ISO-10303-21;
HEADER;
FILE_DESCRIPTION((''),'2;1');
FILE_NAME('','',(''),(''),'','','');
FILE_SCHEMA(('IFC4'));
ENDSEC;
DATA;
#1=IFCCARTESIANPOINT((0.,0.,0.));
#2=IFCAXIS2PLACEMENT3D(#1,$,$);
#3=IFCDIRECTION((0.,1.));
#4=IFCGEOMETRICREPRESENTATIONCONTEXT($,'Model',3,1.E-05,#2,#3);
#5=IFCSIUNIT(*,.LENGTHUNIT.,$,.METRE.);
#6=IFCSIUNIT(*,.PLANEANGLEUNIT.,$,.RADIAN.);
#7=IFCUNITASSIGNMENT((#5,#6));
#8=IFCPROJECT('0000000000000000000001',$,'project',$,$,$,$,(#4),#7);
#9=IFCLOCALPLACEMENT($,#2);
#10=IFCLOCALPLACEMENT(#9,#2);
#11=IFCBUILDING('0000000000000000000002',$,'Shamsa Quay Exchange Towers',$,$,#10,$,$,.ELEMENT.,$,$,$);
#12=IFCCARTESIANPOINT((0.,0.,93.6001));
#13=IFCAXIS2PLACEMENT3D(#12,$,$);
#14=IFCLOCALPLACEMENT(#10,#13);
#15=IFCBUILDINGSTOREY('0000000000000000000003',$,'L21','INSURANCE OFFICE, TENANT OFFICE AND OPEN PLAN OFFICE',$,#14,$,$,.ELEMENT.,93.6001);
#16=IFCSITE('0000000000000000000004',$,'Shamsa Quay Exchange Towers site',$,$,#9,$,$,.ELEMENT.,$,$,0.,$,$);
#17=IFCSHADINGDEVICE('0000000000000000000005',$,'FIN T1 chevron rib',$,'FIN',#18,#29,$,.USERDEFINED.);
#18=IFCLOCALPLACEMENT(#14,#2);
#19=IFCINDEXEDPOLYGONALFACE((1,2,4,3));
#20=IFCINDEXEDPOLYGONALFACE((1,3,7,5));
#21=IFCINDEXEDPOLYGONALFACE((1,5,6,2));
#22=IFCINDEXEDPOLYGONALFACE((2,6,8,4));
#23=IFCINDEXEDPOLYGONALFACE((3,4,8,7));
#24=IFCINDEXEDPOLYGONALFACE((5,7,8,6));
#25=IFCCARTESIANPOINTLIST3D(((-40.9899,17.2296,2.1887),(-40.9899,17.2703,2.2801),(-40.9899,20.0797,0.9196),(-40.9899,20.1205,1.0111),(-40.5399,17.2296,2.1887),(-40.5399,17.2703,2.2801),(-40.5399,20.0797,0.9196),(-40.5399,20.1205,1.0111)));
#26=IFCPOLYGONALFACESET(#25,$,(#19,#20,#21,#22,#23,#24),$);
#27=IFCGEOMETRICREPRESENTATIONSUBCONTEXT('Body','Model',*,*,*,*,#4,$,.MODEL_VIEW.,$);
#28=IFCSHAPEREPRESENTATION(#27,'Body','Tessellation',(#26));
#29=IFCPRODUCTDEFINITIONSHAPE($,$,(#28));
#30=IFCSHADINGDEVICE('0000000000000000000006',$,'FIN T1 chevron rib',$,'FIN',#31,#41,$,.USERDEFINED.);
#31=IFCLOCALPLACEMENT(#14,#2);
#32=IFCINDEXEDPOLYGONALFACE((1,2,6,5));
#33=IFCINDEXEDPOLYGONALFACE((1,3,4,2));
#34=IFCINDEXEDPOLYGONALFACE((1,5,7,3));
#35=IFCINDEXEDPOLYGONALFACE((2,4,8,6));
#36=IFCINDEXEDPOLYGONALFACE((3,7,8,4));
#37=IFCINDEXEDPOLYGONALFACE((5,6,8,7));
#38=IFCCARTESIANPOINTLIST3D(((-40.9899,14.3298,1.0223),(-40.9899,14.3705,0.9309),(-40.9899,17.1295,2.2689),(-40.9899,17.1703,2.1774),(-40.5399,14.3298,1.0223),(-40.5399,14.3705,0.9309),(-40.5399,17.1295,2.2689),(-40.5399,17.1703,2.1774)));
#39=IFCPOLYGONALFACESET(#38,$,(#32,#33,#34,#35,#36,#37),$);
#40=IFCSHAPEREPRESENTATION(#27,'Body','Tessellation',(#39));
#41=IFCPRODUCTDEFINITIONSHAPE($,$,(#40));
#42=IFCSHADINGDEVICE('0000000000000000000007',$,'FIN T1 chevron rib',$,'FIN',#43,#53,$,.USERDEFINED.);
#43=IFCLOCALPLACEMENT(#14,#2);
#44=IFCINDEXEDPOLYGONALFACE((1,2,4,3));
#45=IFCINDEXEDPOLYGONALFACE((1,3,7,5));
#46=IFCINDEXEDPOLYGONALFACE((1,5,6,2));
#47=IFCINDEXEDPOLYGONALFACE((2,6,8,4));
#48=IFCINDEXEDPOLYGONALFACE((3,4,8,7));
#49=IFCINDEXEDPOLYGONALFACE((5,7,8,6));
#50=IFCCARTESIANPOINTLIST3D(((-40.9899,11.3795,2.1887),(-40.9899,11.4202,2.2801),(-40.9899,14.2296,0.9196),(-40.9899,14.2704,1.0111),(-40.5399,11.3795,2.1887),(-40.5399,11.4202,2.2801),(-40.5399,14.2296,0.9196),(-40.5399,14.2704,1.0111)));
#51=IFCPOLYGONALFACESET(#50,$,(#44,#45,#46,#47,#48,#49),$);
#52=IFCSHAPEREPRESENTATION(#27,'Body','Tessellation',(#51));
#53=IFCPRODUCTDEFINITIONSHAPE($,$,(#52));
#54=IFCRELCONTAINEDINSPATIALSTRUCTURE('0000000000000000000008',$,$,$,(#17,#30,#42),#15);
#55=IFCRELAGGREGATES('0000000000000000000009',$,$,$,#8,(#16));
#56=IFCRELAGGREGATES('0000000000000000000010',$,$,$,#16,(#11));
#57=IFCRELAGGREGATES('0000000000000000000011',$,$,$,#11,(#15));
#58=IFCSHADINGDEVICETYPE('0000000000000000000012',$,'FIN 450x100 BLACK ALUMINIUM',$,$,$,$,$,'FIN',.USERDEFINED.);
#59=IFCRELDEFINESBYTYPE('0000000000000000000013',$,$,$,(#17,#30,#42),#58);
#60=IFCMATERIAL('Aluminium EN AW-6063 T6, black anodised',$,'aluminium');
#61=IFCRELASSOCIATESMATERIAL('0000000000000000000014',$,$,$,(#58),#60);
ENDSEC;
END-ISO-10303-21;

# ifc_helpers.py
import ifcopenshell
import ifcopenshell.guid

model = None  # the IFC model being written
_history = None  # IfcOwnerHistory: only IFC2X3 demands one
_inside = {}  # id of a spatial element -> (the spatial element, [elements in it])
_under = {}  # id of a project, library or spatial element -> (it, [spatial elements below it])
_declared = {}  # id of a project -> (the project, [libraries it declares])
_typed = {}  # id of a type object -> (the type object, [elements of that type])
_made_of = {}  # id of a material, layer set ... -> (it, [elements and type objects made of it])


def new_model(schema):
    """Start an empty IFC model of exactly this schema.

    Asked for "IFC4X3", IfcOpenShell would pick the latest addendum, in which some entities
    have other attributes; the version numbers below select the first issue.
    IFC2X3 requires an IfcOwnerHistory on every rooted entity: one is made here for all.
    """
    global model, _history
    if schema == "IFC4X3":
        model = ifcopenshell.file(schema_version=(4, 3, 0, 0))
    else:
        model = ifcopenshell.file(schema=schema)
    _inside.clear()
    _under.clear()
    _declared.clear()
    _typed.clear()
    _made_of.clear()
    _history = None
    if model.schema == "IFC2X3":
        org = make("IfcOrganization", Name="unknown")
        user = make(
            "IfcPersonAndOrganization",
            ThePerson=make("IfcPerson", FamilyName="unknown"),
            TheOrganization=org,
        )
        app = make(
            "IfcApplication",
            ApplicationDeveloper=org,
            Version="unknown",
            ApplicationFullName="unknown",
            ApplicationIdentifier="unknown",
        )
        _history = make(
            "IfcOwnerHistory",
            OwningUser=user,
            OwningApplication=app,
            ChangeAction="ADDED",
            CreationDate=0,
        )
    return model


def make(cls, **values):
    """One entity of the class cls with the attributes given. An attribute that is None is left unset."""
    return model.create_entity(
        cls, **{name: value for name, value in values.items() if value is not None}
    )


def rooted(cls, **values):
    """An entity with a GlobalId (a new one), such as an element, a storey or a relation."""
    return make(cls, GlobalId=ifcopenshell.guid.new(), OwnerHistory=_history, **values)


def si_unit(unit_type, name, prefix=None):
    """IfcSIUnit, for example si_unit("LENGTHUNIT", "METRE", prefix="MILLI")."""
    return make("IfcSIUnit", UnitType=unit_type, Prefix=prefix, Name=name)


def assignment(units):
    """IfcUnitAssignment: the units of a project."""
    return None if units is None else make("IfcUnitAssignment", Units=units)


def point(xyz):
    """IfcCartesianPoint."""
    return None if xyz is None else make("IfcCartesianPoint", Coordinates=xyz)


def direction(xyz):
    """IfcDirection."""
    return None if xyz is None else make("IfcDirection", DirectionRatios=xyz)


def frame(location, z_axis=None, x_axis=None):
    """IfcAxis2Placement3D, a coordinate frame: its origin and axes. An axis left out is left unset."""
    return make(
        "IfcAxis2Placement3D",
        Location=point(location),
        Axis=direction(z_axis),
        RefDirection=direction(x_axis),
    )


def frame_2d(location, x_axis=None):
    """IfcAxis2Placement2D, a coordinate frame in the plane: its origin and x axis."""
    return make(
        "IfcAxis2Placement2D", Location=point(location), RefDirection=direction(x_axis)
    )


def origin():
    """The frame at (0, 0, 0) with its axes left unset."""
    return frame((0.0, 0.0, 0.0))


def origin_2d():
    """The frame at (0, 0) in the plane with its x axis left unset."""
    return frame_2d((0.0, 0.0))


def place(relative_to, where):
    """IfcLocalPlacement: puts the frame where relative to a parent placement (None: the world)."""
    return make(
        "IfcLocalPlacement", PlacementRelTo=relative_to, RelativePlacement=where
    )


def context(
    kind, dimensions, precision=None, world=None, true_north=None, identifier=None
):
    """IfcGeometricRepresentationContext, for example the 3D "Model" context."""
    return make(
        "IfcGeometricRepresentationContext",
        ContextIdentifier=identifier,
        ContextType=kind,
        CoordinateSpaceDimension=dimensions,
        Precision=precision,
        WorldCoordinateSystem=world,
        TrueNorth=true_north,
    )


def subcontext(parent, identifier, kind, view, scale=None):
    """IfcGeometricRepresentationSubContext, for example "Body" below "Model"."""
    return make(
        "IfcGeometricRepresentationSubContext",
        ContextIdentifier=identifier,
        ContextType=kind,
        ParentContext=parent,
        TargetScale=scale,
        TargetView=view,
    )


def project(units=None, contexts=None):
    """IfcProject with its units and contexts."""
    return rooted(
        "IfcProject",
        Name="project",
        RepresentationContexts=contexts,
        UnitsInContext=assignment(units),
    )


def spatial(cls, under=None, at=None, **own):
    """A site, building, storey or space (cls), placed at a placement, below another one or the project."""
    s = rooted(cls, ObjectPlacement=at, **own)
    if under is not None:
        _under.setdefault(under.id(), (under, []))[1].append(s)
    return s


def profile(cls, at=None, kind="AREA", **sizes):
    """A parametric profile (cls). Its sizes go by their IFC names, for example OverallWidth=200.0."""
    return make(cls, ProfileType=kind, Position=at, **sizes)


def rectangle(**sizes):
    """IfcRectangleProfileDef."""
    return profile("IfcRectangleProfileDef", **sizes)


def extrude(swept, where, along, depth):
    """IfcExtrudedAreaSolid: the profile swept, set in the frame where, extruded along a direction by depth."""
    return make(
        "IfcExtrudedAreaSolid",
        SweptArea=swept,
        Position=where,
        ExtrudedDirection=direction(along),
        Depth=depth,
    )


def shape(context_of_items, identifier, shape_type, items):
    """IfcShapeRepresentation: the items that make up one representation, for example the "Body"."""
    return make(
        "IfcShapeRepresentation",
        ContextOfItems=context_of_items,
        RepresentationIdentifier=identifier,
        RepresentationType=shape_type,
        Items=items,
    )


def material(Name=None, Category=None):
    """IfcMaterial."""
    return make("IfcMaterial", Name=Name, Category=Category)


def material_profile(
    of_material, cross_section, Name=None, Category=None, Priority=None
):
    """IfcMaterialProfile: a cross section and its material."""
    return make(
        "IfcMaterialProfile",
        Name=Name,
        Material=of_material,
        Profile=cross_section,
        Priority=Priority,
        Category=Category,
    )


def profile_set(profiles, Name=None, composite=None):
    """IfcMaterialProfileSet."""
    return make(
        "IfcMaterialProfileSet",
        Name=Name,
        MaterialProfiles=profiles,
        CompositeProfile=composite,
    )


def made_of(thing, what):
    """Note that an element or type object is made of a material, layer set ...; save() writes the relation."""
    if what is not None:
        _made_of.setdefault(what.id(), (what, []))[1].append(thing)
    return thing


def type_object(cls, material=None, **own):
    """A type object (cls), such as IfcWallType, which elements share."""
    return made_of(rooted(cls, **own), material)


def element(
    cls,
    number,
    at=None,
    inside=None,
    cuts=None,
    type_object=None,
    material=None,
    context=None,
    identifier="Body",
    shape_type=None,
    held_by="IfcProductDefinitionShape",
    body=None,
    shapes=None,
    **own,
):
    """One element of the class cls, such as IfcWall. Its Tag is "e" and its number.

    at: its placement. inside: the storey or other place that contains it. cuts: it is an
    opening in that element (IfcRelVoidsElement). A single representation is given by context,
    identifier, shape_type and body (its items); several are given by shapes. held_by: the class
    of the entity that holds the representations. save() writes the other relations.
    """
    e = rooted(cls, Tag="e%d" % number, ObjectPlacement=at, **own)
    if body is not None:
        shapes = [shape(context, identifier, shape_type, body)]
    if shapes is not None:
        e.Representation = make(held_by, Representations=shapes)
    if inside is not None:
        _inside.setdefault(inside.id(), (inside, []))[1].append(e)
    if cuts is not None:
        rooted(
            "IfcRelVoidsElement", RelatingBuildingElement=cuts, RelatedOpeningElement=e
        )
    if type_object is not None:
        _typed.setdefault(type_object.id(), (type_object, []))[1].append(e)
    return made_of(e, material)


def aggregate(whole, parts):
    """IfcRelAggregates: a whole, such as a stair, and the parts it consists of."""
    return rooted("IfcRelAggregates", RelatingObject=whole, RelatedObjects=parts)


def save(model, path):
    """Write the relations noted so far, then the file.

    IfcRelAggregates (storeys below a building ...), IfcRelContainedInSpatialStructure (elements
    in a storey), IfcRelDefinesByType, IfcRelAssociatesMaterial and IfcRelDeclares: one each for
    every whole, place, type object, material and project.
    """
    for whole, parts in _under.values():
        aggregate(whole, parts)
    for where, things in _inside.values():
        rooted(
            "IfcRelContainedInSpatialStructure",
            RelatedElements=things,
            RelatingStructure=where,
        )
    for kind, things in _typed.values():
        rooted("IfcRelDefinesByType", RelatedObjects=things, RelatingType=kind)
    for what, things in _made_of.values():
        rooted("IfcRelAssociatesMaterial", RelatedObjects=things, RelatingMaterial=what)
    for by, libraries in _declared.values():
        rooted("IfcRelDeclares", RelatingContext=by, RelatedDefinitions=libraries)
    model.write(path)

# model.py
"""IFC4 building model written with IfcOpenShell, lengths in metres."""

from ifc_helpers import new_model, si_unit, direction, frame, origin, origin_2d, place, context, subcontext, project, spatial, rectangle, extrude, material, material_profile, profile_set, type_object, element, save


model = new_model("IFC4")

# Units and contexts
model_context = context("Model", 3, precision=1e-05, world=origin(), true_north=direction((0.0, 1.0)))
body_context = subcontext(model_context, "Body", "Model", "MODEL_VIEW")
ifc_project = project(units=[si_unit("LENGTHUNIT", "METRE"), si_unit("PLANEANGLEUNIT", "RADIAN")], contexts=[model_context])

# Site, building, storey
site_placement = place(None, origin())
site = spatial("IfcSite", under=ifc_project, at=site_placement, Name="Shamsa Quay Exchange Towers site", CompositionType="ELEMENT", RefElevation=0.0)
building_placement = place(site_placement, origin())
building = spatial("IfcBuilding", under=site, at=building_placement, Name="Shamsa Quay Exchange Towers", CompositionType="ELEMENT")
storey_placement = place(building_placement, frame((0.0, 0.0, 93.6001)))
storey = spatial("IfcBuildingStorey", under=building, at=storey_placement, Name="L21", Description="INSURANCE OFFICE, TENANT OFFICE AND OPEN PLAN OFFICE", CompositionType="ELEMENT", Elevation=93.6001)

# Shared definitions
ifc_material_1 = material(Name="Aluminium EN AW-6063 T6, black anodised", Category="aluminium")

# Shading devices
ifc_material_profile_1 = material_profile(ifc_material_1, rectangle(XDim=0.45, YDim=0.1001, at=origin_2d()), Name="FIN450x100")
ifc_profile_set_1 = profile_set([ifc_material_profile_1], Name="Aluminium EN AW-6063 T6, black anodised")
shading_device_type = type_object("IfcShadingDeviceType", Name="FIN 450x100 BLACK ALUMINIUM", ElementType="FIN", PredefinedType="USERDEFINED", material=ifc_profile_set_1)
shading_device_1_placement = place(storey_placement, frame((-40.7649, 20.1001, 0.9653), z_axis=(0.0, -0.913534, 0.406763), x_axis=(1.0, 0.0, 0.0)))
element("IfcShadingDevice", 1, at=shading_device_1_placement, inside=storey, type_object=shading_device_type, Name="FIN T1 chevron rib", ObjectType="FIN", PredefinedType="USERDEFINED", context=body_context, shape_type="SweptSolid", body=[
    extrude(rectangle(XDim=0.45, YDim=0.1001, at=origin_2d()), origin(), (0.0, 0.0, 1.0), 3.1199),
])
shading_device_2_placement = place(storey_placement, frame((-40.7649, 17.1499, 2.2231), z_axis=(0.0, -0.913542, -0.406744), x_axis=(1.0, 0.0, 0.0)))
element("IfcShadingDevice", 2, at=shading_device_2_placement, inside=storey, type_object=shading_device_type, Name="FIN T1 chevron rib", ObjectType="FIN", PredefinedType="USERDEFINED", context=body_context, shape_type="SweptSolid", body=[
    extrude(rectangle(XDim=0.45, YDim=0.1001, at=origin_2d()), origin(), (0.0, 0.0, 1.0), 3.0647),
])
shading_device_3_placement = place(storey_placement, frame((-40.7649, 14.25, 0.9653), z_axis=(0.0, -0.913534, 0.406763), x_axis=(1.0, 0.0, 0.0)))
element("IfcShadingDevice", 3, at=shading_device_3_placement, inside=storey, type_object=shading_device_type, Name="FIN T1 chevron rib", ObjectType="FIN", PredefinedType="USERDEFINED", context=body_context, shape_type="SweptSolid", body=[
    extrude(rectangle(XDim=0.45, YDim=0.1001, at=origin_2d()), origin(), (0.0, 0.0, 1.0), 3.1199),
])

save(model, "model.ifc")
